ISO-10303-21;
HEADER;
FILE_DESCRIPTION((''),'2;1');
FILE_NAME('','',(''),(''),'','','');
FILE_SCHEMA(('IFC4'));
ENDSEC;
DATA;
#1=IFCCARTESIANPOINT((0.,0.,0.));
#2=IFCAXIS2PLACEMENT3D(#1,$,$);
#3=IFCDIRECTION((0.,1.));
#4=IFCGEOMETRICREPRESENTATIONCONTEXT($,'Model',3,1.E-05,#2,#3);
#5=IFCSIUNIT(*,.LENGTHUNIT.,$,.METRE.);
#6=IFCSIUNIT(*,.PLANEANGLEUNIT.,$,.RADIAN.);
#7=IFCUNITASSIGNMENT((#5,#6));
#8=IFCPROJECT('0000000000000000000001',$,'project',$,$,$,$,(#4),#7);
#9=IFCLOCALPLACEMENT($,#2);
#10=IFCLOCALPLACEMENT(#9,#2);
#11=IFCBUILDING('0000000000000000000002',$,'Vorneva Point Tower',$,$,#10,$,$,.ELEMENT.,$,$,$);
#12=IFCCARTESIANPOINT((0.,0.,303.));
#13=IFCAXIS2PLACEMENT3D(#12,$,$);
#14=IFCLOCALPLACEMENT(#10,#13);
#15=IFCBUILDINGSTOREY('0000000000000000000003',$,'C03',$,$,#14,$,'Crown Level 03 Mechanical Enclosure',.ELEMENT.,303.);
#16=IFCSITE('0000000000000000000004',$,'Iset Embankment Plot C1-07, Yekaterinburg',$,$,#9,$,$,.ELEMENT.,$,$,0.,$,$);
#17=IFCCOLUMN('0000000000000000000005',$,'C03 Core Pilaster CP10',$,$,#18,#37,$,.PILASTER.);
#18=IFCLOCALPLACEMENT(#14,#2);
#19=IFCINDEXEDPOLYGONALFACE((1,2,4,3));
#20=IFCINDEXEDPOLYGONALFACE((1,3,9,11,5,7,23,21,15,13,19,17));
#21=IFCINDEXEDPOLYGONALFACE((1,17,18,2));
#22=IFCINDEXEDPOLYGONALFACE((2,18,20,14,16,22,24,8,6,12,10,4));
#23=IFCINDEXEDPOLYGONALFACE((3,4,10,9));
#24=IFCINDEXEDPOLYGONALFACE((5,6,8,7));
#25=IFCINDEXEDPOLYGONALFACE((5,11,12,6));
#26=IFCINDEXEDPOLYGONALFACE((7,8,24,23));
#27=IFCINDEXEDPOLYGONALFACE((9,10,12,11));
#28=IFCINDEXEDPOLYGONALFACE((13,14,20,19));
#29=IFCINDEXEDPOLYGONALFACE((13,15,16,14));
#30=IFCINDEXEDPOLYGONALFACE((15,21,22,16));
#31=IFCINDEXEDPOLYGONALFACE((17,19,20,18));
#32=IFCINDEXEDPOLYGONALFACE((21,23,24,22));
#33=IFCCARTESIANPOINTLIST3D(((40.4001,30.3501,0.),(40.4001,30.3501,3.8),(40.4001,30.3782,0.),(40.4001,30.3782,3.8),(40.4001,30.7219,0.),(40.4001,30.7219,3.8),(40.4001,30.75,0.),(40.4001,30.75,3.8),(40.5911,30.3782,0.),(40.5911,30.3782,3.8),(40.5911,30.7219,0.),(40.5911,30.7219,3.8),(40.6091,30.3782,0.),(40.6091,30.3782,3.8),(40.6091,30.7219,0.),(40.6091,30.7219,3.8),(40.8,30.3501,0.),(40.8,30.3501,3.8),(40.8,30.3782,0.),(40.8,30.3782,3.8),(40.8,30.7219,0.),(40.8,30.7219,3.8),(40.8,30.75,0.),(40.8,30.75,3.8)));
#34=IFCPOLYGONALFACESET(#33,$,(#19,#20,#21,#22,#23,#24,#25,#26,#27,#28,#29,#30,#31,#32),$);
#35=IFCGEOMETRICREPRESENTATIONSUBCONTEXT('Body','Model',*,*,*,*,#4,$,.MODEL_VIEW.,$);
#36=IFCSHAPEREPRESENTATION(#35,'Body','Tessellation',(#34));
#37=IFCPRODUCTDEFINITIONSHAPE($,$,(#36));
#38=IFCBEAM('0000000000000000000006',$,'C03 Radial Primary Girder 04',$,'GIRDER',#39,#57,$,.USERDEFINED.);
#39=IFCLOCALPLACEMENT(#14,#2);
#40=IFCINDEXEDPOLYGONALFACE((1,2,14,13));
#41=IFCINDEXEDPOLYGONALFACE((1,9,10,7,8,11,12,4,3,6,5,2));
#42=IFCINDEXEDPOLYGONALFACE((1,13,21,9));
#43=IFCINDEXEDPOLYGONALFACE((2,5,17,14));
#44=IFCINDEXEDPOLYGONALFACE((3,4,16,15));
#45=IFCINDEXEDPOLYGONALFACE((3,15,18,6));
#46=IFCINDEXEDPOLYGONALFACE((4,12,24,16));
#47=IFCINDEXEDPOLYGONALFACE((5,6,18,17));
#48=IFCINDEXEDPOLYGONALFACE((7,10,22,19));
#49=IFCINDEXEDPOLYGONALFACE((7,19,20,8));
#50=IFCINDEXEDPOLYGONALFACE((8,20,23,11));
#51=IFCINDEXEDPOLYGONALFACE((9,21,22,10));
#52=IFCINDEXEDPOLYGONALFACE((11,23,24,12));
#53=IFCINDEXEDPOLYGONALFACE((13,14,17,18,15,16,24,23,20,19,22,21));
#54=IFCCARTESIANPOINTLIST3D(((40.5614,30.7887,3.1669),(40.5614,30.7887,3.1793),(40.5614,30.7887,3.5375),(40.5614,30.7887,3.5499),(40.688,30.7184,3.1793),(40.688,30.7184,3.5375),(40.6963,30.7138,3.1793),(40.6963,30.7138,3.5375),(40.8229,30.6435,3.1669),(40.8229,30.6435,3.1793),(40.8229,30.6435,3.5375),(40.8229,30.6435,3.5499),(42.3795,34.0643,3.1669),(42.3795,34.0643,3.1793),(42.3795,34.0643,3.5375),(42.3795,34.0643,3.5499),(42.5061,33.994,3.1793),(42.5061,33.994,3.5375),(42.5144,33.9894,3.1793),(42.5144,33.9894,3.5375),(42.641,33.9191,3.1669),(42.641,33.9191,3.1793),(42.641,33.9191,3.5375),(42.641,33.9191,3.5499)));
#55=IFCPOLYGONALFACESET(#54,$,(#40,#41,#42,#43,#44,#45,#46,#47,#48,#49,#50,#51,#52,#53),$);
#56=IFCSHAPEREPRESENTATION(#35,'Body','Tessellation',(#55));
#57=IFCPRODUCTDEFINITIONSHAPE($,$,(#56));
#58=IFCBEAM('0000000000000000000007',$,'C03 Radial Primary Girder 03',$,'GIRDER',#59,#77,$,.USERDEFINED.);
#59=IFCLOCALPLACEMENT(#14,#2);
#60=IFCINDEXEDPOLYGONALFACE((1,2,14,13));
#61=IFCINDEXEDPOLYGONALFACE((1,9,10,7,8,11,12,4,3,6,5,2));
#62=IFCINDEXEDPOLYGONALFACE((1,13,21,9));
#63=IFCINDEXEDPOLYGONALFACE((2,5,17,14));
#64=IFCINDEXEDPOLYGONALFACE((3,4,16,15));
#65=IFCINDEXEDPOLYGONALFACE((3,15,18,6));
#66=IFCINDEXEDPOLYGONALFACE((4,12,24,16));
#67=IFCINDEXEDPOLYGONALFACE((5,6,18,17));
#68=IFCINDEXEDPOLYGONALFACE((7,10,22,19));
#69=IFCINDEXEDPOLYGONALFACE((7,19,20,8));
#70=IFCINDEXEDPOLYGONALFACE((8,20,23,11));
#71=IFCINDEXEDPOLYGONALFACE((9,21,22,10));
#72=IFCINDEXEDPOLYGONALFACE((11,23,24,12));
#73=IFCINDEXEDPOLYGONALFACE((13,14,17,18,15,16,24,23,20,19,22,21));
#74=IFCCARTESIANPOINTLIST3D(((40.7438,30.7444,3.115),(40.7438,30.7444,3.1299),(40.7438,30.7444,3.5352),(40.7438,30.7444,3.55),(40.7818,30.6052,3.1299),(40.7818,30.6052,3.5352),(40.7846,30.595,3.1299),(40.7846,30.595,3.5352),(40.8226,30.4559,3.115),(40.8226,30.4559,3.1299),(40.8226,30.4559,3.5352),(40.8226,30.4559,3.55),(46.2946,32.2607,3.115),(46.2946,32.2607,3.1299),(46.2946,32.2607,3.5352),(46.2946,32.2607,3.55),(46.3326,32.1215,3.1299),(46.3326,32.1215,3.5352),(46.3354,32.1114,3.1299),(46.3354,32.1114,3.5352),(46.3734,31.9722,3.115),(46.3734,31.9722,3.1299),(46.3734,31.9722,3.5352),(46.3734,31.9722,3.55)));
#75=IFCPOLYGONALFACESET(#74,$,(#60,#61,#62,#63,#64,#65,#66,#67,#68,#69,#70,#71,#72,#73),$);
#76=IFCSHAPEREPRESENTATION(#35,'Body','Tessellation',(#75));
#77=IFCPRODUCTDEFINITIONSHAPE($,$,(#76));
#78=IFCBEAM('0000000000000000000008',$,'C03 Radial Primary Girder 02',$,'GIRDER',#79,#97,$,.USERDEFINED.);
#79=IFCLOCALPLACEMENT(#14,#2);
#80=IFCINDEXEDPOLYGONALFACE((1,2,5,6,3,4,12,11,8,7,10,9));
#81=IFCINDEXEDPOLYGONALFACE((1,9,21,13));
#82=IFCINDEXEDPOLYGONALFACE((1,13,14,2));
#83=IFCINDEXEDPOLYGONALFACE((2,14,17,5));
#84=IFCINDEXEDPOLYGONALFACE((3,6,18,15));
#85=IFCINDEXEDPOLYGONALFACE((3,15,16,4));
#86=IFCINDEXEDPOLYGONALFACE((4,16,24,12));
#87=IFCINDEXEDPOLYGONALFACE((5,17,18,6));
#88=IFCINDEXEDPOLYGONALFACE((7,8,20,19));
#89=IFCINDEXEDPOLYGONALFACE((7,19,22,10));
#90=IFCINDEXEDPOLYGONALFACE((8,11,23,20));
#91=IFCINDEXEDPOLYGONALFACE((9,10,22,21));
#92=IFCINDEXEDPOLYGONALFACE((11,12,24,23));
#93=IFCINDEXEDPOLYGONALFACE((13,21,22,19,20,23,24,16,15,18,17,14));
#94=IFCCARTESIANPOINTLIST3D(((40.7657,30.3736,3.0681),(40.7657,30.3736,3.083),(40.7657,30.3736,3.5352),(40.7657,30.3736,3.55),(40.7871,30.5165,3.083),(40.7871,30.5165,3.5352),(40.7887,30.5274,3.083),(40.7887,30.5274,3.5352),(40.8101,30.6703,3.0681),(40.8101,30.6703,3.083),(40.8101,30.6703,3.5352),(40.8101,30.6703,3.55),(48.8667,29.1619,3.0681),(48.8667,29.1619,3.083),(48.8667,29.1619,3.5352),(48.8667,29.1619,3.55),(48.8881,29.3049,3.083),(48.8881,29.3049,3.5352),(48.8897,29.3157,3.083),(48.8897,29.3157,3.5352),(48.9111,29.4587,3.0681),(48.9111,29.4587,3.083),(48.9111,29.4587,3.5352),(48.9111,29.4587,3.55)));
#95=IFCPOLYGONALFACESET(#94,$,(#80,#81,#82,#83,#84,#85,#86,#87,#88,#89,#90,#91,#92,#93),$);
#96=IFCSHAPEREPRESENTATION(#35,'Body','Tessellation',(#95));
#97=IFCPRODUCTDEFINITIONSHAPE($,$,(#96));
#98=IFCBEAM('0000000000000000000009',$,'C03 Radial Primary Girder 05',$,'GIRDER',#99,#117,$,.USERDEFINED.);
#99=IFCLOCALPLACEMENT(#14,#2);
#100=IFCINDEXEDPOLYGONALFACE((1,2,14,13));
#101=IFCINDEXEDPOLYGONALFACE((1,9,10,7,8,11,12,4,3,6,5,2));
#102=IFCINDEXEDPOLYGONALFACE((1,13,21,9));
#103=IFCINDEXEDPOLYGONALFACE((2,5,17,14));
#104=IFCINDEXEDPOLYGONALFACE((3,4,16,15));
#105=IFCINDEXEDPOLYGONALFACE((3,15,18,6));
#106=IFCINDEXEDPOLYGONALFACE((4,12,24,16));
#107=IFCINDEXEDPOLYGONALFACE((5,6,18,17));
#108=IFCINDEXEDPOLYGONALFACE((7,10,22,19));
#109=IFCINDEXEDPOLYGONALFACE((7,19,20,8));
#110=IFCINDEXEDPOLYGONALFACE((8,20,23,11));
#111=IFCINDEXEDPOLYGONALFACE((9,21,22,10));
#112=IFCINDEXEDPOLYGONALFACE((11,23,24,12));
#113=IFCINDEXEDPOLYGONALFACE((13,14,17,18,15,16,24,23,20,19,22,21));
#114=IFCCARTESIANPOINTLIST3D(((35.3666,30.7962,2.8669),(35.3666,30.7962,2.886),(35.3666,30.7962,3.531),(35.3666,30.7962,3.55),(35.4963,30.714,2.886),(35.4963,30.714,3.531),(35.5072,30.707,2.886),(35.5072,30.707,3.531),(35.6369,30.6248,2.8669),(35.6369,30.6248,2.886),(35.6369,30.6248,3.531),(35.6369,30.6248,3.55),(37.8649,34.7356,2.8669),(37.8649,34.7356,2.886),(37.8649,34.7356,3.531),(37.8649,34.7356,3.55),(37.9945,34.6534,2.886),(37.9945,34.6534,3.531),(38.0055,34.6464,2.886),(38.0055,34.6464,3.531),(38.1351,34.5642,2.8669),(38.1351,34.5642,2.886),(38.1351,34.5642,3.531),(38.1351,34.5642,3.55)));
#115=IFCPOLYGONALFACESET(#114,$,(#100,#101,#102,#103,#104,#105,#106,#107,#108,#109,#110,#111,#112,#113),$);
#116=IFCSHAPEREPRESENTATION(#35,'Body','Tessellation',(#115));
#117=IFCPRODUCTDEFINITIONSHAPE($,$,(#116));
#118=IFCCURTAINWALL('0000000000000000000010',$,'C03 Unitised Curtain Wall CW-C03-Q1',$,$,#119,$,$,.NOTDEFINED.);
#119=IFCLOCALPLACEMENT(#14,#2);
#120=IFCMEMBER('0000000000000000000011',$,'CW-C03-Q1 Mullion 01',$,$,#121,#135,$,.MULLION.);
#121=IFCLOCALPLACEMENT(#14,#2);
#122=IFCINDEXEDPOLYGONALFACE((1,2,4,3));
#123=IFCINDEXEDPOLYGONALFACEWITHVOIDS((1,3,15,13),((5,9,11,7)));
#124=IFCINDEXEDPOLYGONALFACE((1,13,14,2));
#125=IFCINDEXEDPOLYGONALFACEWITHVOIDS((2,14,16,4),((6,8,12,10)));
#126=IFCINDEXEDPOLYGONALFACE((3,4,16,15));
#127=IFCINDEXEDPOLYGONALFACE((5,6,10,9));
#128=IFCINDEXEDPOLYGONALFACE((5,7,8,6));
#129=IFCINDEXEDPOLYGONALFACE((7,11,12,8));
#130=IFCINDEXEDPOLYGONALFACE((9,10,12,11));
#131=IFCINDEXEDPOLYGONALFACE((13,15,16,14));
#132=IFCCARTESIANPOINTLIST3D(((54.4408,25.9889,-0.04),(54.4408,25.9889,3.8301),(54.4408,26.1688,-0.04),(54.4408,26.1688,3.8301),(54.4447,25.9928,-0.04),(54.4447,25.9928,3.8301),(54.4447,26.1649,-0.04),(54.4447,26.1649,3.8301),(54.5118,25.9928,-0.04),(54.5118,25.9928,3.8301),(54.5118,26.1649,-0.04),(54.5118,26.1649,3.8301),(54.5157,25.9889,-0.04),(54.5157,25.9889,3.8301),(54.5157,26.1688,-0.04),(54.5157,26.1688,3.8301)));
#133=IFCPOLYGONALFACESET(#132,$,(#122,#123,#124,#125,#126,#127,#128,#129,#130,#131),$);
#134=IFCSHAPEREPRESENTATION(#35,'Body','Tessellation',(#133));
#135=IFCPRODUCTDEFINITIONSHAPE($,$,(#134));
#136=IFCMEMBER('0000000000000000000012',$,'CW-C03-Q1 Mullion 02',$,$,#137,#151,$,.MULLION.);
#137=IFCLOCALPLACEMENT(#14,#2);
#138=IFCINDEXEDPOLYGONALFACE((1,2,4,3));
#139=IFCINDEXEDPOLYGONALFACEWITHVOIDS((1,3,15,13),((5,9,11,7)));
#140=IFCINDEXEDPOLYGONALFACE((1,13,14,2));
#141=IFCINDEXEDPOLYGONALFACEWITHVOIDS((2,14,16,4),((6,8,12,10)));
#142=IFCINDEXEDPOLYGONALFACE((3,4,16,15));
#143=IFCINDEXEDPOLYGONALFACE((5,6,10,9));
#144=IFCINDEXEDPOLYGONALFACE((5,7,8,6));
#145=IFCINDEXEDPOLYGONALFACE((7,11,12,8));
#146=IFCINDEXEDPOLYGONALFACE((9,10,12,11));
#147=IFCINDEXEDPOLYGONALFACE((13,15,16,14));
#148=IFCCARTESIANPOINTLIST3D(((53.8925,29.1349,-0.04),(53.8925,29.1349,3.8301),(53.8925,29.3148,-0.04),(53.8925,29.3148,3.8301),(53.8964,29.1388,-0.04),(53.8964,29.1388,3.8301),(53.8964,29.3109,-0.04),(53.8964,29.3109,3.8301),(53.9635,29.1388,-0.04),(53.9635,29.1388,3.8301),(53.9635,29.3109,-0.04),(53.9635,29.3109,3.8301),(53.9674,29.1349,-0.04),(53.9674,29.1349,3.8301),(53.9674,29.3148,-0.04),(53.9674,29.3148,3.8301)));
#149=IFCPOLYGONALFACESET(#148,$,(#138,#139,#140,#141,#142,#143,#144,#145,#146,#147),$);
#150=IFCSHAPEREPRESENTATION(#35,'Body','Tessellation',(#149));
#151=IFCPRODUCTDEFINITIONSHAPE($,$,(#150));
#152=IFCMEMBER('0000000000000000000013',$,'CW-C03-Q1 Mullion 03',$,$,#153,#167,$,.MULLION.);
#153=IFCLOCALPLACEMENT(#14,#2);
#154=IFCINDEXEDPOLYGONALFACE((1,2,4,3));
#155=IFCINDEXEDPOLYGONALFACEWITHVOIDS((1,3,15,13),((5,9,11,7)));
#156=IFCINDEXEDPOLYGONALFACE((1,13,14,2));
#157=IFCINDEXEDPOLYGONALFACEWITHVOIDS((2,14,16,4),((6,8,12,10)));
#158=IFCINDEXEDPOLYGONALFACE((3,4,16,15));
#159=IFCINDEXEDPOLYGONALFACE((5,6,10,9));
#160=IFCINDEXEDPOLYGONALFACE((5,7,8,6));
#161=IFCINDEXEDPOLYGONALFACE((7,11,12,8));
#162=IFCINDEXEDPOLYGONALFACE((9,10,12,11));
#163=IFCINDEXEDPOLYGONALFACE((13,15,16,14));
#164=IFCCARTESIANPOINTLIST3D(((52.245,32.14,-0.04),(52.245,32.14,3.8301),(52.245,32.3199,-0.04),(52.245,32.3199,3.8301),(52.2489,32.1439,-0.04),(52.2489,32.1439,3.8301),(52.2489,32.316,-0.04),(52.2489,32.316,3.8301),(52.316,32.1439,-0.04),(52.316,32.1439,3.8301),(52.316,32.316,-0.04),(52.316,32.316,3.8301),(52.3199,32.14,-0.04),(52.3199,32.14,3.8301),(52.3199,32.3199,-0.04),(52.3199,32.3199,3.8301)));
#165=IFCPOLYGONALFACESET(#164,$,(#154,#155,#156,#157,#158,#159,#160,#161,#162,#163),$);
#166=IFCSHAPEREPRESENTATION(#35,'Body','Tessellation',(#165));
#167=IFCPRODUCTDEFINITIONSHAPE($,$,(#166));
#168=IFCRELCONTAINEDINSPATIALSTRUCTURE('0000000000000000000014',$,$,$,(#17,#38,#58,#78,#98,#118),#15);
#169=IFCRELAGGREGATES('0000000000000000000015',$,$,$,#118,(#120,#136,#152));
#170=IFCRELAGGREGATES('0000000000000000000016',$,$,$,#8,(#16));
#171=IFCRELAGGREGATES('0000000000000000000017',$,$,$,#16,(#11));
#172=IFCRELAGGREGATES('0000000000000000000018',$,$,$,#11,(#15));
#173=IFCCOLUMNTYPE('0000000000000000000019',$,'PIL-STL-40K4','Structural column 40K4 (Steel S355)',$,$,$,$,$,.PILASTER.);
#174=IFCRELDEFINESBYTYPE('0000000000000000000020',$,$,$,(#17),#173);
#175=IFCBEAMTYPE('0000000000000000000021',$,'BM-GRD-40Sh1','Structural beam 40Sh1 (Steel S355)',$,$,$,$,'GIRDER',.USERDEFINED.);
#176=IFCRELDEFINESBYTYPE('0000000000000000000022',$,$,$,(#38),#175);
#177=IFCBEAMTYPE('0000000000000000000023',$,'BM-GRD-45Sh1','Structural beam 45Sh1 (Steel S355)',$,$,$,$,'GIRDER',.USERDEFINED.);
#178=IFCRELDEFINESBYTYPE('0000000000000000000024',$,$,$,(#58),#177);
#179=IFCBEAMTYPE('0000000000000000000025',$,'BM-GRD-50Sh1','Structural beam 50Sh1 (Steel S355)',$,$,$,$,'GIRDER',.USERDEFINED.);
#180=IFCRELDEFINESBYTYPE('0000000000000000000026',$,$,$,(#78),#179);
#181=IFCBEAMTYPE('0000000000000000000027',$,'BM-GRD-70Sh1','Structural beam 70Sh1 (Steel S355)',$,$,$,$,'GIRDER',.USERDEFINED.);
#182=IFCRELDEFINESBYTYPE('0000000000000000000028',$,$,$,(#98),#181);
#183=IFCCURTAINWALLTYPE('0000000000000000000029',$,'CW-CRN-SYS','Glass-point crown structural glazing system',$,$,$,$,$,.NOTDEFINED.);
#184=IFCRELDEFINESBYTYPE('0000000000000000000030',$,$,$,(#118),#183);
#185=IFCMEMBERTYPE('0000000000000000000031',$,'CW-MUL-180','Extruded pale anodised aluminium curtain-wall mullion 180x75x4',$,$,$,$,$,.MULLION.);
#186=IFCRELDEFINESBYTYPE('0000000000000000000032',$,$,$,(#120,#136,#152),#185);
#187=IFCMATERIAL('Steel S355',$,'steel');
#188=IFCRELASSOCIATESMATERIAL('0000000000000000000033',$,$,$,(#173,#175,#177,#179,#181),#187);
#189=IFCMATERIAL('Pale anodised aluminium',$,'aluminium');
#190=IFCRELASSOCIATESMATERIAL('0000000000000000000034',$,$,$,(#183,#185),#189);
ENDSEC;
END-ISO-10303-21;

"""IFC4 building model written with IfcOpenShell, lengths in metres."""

from ifc_helpers import new_model, si_unit, direction, frame, origin, origin_2d, place, context, subcontext, project, spatial, hollow_rectangle, i_section, extrude, material, material_profile, profile_set, type_object, element, aggregate, save


model = new_model("IFC4")

# Units and contexts
model_context = context("Model", 3, precision=1e-05, world=origin(), true_north=direction((0.0, 1.0)))
body_context = subcontext(model_context, "Body", "Model", "MODEL_VIEW")
ifc_project = project(units=[si_unit("LENGTHUNIT", "METRE"), si_unit("PLANEANGLEUNIT", "RADIAN")], contexts=[model_context])

# Site, building, storey
site_placement = place(None, origin())
site = spatial("IfcSite", under=ifc_project, at=site_placement, Name="Iset Embankment Plot C1-07, Yekaterinburg", CompositionType="ELEMENT", RefElevation=0.0)
building_placement = place(site_placement, origin())
building = spatial("IfcBuilding", under=site, at=building_placement, Name="Vorneva Point Tower", CompositionType="ELEMENT")
storey_placement = place(building_placement, frame((0.0, 0.0, 303.0)))
storey = spatial("IfcBuildingStorey", under=building, at=storey_placement, Name="C03", LongName="Crown Level 03 Mechanical Enclosure", CompositionType="ELEMENT", Elevation=303.0)

# Column
ifc_material_1 = material(Name="Steel S355", Category="steel")
ifc_material_profile_1 = material_profile(ifc_material_1, i_section(OverallWidth=0.3999, OverallDepth=0.3999, WebThickness=0.0181, FlangeThickness=0.0281, at=origin_2d()), Name="40K4")
ifc_profile_set_1 = profile_set([ifc_material_profile_1], Name="Steel S355")
column_type = type_object("IfcColumnType", Name="PIL-STL-40K4", Description="Structural column 40K4 (Steel S355)", PredefinedType="PILASTER", material=ifc_profile_set_1)
column_placement = place(storey_placement, frame((40.6001, 30.55, 0.0), z_axis=(0.0, 0.0, 1.0), x_axis=(1.0, 0.0, 0.0)))
element("IfcColumn", 1, at=column_placement, inside=storey, type_object=column_type, Name="C03 Core Pilaster CP10", PredefinedType="PILASTER", context=body_context, shape_type="SweptSolid", body=[
    extrude(i_section(OverallWidth=0.3999, OverallDepth=0.3999, WebThickness=0.0181, FlangeThickness=0.0281, at=origin_2d()), origin(), (0.0, 0.0, 1.0), 3.8),
])

# Beams
ifc_material_profile_2 = material_profile(ifc_material_1, i_section(OverallWidth=0.2991, OverallDepth=0.3831, WebThickness=0.0095, FlangeThickness=0.0125, at=origin_2d()), Name="40Sh1")
ifc_profile_set_2 = profile_set([ifc_material_profile_2], Name="Steel S355")
beam_type_1 = type_object("IfcBeamType", Name="BM-GRD-40Sh1", Description="Structural beam 40Sh1 (Steel S355)", ElementType="GIRDER", PredefinedType="USERDEFINED", material=ifc_profile_set_2)
beam_1_placement = place(storey_placement, frame((42.5103, 33.9917, 3.3584), z_axis=(-0.4853, -0.874348, 0.0), x_axis=(0.874348, -0.4853, 0.0)))
element("IfcBeam", 2, at=beam_1_placement, inside=storey, type_object=beam_type_1, Name="C03 Radial Primary Girder 04", ObjectType="GIRDER", PredefinedType="USERDEFINED", context=body_context, shape_type="SweptSolid", body=[
    extrude(i_section(OverallWidth=0.2991, OverallDepth=0.3831, WebThickness=0.0095, FlangeThickness=0.0125, at=origin_2d()), origin(), (0.0, 0.0, 1.0), 3.7463),
])
ifc_material_profile_3 = material_profile(ifc_material_1, i_section(OverallWidth=0.2991, OverallDepth=0.4351, WebThickness=0.0105, FlangeThickness=0.0149, at=origin_2d()), Name="45Sh1")
ifc_profile_set_3 = profile_set([ifc_material_profile_3], Name="Steel S355")
beam_type_2 = type_object("IfcBeamType", Name="BM-GRD-45Sh1", Description="Structural beam 45Sh1 (Steel S355)", ElementType="GIRDER", PredefinedType="USERDEFINED", material=ifc_profile_set_3)
beam_2_placement = place(storey_placement, frame((46.334, 32.1165, 3.3325), z_axis=(-0.964653, -0.263523, 0.0), x_axis=(0.263523, -0.964653, 0.0)))
element("IfcBeam", 3, at=beam_2_placement, inside=storey, type_object=beam_type_2, Name="C03 Radial Primary Girder 03", ObjectType="GIRDER", PredefinedType="USERDEFINED", context=body_context, shape_type="SweptSolid", body=[
    extrude(i_section(OverallWidth=0.2991, OverallDepth=0.4351, WebThickness=0.0105, FlangeThickness=0.0149, at=origin_2d()), origin(), (0.0, 0.0, 1.0), 5.7542),
])
ifc_material_profile_4 = material_profile(ifc_material_1, i_section(OverallWidth=0.3, OverallDepth=0.4819, WebThickness=0.011, FlangeThickness=0.0149, at=origin_2d()), Name="50Sh1")
ifc_profile_set_4 = profile_set([ifc_material_profile_4], Name="Steel S355")
beam_type_3 = type_object("IfcBeamType", Name="BM-GRD-50Sh1", Description="Structural beam 50Sh1 (Steel S355)", ElementType="GIRDER", PredefinedType="USERDEFINED", material=ifc_profile_set_4)
beam_3_placement = place(storey_placement, frame((48.8889, 29.3103, 3.3091), z_axis=(-0.988999, 0.147924, 0.0), x_axis=(-0.147924, -0.988999, 0.0)))
element("IfcBeam", 4, at=beam_3_placement, inside=storey, type_object=beam_type_3, Name="C03 Radial Primary Girder 02", ObjectType="GIRDER", PredefinedType="USERDEFINED", context=body_context, shape_type="SweptSolid", body=[
    extrude(i_section(OverallWidth=0.3, OverallDepth=0.4819, WebThickness=0.011, FlangeThickness=0.0149, at=origin_2d()), origin(), (0.0, 0.0, 1.0), 8.1912),
])
ifc_material_profile_5 = material_profile(ifc_material_1, i_section(OverallWidth=0.3201, OverallDepth=0.6831, WebThickness=0.0129, FlangeThickness=0.019, at=origin_2d()), Name="70Sh1")
ifc_profile_set_5 = profile_set([ifc_material_profile_5], Name="Steel S355")
beam_type_4 = type_object("IfcBeamType", Name="BM-GRD-70Sh1", Description="Structural beam 70Sh1 (Steel S355)", ElementType="GIRDER", PredefinedType="USERDEFINED", material=ifc_profile_set_5)
beam_4_placement = place(storey_placement, frame((38.0, 34.6499, 3.2085), z_axis=(-0.535558, -0.844499, 0.0), x_axis=(0.844499, -0.535558, 0.0)))
element("IfcBeam", 5, at=beam_4_placement, inside=storey, type_object=beam_type_4, Name="C03 Radial Primary Girder 05", ObjectType="GIRDER", PredefinedType="USERDEFINED", context=body_context, shape_type="SweptSolid", body=[
    extrude(i_section(OverallWidth=0.3201, OverallDepth=0.6831, WebThickness=0.0129, FlangeThickness=0.019, at=origin_2d()), origin(), (0.0, 0.0, 1.0), 4.6648),
])

# Curtain wall, members
ifc_material_2 = material(Name="Pale anodised aluminium", Category="aluminium")
curtain_wall_type = type_object("IfcCurtainWallType", Name="CW-CRN-SYS", Description="Glass-point crown structural glazing system", PredefinedType="NOTDEFINED", material=ifc_material_2)
curtain_wall_placement = place(storey_placement, origin())
curtain_wall = element("IfcCurtainWall", 6, at=curtain_wall_placement, inside=storey, type_object=curtain_wall_type, Name="C03 Unitised Curtain Wall CW-C03-Q1", PredefinedType="NOTDEFINED")
ifc_material_profile_6 = material_profile(ifc_material_2, hollow_rectangle(XDim=0.075, YDim=0.1799, WallThickness=0.0039, at=origin_2d()), Name="AL-MUL 180x75x4")
ifc_profile_set_6 = profile_set([ifc_material_profile_6], Name="Pale anodised aluminium")
member_type_1 = type_object("IfcMemberType", Name="CW-MUL-180", Description="Extruded pale anodised aluminium curtain-wall mullion 180x75x4", PredefinedType="MULLION", material=ifc_profile_set_6)
member_1_placement = place(storey_placement, frame((54.4783, 26.0789, -0.04), z_axis=(0.0, 0.0, 1.0), x_axis=(1.0, 0.0, 0.0)))
member_1 = element("IfcMember", 7, at=member_1_placement, type_object=member_type_1, Name="CW-C03-Q1 Mullion 01", PredefinedType="MULLION", context=body_context, shape_type="SweptSolid", body=[
    extrude(hollow_rectangle(XDim=0.075, YDim=0.1799, WallThickness=0.0039, at=origin_2d()), origin(), (0.0, 0.0, 1.0), 3.8701),
])
member_2_placement = place(storey_placement, frame((53.9299, 29.2249, -0.04), z_axis=(0.0, 0.0, 1.0), x_axis=(1.0, 0.0, 0.0)))
member_2 = element("IfcMember", 8, at=member_2_placement, type_object=member_type_1, Name="CW-C03-Q1 Mullion 02", PredefinedType="MULLION", context=body_context, shape_type="SweptSolid", body=[
    extrude(hollow_rectangle(XDim=0.075, YDim=0.1799, WallThickness=0.0039, at=origin_2d()), origin(), (0.0, 0.0, 1.0), 3.8701),
])
member_3_placement = place(storey_placement, frame((52.2825, 32.23, -0.04), z_axis=(0.0, 0.0, 1.0), x_axis=(1.0, 0.0, 0.0)))
member_3 = element("IfcMember", 9, at=member_3_placement, type_object=member_type_1, Name="CW-C03-Q1 Mullion 03", PredefinedType="MULLION", context=body_context, shape_type="SweptSolid", body=[
    extrude(hollow_rectangle(XDim=0.075, YDim=0.1799, WallThickness=0.0039, at=origin_2d()), origin(), (0.0, 0.0, 1.0), 3.8701),
])

aggregate(curtain_wall, [member_1, member_2, member_3])

save(model, "model.ifc")
